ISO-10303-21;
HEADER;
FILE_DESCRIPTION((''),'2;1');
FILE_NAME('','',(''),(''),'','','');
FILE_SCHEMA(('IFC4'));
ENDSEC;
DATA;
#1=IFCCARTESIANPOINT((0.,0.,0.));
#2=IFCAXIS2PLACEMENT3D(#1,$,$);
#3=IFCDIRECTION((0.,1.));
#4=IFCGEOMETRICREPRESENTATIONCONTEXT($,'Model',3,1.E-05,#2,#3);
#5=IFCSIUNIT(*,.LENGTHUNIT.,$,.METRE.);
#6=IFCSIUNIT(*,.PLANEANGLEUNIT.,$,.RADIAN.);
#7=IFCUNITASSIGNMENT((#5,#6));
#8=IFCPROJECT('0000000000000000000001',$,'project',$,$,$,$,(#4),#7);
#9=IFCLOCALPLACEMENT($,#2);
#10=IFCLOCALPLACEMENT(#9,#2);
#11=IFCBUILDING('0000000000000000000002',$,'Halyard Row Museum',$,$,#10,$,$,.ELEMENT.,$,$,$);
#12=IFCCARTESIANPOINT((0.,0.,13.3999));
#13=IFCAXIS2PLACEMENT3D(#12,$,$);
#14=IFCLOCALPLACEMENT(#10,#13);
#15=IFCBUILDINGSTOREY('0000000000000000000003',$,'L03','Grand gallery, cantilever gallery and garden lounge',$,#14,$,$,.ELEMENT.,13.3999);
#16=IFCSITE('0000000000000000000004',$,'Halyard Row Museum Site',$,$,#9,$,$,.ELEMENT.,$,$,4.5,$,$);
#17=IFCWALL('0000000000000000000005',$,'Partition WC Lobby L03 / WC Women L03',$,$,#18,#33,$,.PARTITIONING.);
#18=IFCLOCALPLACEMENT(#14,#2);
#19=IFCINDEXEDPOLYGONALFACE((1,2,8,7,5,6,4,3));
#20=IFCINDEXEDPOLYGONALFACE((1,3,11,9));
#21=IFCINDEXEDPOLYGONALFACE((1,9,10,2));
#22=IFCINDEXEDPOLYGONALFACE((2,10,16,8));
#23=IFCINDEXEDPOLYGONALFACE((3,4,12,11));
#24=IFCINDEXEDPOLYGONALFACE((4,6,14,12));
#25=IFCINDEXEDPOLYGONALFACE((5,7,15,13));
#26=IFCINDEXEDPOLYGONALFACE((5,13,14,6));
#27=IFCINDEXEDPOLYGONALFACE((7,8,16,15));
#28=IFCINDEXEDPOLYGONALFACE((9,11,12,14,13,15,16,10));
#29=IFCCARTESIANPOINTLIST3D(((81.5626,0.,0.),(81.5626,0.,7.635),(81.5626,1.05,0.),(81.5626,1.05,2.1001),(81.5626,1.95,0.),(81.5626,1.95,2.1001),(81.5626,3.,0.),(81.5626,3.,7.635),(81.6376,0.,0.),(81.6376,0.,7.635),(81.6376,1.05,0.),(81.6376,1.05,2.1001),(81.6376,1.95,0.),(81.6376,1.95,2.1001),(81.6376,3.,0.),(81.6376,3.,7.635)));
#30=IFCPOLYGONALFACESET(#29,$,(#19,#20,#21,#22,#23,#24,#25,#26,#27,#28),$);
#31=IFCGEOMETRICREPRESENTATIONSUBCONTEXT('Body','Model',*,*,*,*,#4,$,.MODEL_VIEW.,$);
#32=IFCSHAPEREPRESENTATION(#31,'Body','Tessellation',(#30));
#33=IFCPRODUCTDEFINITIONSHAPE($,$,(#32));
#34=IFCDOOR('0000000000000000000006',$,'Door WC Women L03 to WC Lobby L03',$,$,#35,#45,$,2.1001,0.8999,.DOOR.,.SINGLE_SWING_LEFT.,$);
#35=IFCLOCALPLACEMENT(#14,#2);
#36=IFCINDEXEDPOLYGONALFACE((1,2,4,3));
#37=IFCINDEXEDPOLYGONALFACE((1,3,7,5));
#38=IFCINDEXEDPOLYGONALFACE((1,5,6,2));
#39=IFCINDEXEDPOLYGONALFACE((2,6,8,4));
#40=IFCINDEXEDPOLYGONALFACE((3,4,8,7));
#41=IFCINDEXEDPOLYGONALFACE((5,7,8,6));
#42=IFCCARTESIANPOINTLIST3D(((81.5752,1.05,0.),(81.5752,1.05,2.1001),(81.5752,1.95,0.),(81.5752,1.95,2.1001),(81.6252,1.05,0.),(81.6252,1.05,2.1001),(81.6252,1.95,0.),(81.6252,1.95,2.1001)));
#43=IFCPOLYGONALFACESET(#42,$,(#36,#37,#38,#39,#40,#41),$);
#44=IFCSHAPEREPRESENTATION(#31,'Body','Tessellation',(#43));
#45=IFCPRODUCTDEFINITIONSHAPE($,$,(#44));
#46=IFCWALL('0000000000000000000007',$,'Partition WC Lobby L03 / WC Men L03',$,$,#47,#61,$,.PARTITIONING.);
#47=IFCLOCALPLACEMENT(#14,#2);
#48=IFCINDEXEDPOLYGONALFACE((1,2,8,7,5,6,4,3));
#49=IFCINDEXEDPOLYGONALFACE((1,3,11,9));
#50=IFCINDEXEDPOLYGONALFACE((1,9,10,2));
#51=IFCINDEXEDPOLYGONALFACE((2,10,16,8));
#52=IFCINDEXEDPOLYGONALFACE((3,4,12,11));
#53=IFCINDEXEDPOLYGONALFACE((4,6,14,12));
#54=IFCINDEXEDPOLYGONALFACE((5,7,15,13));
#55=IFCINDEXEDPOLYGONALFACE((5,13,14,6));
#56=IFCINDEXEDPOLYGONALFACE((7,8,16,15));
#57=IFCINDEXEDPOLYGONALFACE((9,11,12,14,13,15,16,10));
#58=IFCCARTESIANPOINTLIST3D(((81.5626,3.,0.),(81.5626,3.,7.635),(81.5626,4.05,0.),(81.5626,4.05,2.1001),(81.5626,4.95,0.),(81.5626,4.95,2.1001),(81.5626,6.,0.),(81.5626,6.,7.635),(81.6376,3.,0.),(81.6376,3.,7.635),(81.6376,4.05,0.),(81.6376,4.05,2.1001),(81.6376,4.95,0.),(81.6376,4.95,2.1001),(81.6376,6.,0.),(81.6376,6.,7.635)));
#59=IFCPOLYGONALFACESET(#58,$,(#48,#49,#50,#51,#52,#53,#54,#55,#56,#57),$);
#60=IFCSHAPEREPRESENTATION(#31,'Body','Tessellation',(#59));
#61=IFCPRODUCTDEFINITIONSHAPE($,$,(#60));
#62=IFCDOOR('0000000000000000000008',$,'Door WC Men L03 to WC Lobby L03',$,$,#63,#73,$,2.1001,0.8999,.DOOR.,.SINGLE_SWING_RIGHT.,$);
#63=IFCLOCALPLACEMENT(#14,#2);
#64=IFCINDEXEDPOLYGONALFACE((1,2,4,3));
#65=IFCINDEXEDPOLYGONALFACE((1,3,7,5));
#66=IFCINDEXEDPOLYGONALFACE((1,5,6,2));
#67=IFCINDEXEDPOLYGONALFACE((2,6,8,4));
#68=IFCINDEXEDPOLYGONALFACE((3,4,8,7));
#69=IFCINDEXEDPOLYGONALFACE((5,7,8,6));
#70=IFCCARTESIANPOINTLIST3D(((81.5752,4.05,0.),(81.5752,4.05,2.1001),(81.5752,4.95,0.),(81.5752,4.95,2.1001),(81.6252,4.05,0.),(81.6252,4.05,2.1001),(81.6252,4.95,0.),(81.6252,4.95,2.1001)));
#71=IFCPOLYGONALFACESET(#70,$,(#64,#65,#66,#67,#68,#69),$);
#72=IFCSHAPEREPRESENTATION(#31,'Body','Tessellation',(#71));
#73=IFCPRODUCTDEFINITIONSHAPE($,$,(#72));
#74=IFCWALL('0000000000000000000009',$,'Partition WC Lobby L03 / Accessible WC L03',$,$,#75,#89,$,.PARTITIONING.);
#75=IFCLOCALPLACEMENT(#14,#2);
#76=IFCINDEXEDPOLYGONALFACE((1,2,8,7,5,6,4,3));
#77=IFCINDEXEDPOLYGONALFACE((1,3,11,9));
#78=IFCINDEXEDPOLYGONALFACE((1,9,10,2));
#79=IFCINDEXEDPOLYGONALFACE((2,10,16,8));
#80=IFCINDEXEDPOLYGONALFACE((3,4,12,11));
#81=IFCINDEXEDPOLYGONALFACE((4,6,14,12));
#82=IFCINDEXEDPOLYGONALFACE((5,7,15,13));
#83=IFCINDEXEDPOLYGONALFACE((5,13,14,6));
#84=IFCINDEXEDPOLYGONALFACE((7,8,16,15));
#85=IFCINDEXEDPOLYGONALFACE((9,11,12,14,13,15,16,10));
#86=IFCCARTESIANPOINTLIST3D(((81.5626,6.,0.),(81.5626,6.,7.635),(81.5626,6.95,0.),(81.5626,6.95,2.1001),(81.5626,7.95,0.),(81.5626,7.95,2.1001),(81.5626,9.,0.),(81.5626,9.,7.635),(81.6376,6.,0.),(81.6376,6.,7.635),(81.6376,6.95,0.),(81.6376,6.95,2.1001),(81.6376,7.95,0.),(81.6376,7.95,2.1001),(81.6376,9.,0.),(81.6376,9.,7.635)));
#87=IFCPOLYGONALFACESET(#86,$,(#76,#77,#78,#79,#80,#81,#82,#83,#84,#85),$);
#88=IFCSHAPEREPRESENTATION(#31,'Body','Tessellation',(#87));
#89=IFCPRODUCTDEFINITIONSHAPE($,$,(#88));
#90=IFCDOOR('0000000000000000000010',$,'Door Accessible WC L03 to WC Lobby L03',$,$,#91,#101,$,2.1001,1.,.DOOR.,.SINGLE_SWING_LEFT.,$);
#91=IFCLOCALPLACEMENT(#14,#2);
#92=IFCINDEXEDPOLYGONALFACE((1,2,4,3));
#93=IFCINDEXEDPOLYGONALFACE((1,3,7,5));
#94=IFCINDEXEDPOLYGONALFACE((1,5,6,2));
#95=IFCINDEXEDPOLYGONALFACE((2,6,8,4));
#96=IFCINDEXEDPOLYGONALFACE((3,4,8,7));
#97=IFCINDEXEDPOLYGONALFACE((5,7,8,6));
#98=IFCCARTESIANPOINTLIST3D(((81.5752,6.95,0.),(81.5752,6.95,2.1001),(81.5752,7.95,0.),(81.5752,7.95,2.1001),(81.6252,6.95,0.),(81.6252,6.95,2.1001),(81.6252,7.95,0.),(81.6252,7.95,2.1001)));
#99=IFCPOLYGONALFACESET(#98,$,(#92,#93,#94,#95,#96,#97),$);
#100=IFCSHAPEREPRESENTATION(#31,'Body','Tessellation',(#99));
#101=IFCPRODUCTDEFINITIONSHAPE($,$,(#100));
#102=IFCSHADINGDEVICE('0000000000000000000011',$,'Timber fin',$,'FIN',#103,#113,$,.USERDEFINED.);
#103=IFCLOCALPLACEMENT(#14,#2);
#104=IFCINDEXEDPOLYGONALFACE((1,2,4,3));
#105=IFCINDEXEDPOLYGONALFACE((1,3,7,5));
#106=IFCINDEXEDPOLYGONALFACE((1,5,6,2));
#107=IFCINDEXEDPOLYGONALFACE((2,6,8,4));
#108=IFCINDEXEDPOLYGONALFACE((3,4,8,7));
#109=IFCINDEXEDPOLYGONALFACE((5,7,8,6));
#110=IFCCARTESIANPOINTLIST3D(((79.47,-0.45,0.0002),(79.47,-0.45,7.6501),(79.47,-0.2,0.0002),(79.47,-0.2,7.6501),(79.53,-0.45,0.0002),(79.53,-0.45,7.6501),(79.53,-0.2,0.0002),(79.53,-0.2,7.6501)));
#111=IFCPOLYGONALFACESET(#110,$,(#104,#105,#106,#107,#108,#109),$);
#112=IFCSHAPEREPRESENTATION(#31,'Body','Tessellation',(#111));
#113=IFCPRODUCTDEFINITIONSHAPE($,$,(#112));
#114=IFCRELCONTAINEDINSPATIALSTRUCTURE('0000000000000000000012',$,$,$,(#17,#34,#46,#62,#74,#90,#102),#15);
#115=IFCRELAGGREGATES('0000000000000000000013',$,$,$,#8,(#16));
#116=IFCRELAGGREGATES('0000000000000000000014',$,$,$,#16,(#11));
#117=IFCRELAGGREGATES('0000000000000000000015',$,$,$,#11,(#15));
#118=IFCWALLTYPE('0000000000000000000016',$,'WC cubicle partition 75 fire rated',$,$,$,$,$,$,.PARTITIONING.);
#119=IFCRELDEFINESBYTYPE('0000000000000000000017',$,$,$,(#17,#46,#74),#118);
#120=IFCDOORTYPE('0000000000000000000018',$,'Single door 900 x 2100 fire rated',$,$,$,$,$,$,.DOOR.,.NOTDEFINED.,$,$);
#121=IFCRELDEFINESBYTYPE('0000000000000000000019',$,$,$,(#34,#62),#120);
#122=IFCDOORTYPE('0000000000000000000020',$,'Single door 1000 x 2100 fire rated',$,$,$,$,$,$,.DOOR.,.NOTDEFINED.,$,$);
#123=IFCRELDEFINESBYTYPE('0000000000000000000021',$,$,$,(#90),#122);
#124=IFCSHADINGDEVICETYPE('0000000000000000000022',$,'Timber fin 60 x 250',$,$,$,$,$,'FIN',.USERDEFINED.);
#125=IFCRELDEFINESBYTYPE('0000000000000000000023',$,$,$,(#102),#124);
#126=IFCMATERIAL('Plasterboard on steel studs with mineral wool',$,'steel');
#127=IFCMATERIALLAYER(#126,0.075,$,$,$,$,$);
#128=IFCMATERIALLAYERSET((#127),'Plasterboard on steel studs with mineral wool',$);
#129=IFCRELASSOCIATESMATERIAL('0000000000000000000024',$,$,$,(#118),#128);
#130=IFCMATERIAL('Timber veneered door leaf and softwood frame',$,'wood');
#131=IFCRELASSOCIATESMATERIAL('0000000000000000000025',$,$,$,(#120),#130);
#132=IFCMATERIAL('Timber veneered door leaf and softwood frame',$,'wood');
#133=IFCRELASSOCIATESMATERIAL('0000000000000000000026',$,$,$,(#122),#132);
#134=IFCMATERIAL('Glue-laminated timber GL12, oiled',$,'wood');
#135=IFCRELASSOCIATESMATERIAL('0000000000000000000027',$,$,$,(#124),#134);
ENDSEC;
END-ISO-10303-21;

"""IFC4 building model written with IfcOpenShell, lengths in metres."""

from ifc_helpers import new_model, si_unit, direction, frame, frame_2d, origin, origin_2d, place, context, subcontext, project, spatial, rectangle, extrude, material, layer, layer_set, type_object, element, fill, save


model = new_model("IFC4")

# Units and contexts
model_context = context("Model", 3, precision=1e-05, world=origin(), true_north=direction((0.0, 1.0)))
body_context = subcontext(model_context, "Body", "Model", "MODEL_VIEW")
ifc_project = project(units=[si_unit("LENGTHUNIT", "METRE"), si_unit("PLANEANGLEUNIT", "RADIAN")], contexts=[model_context])

# Site, building, storey
site_placement = place(None, origin())
site = spatial("IfcSite", under=ifc_project, at=site_placement, Name="Halyard Row Museum Site", CompositionType="ELEMENT", RefElevation=4.5)
building_placement = place(site_placement, origin())
building = spatial("IfcBuilding", under=site, at=building_placement, Name="Halyard Row Museum", CompositionType="ELEMENT")
storey_placement = place(building_placement, frame((0.0, 0.0, 13.3999)))
storey = spatial("IfcBuildingStorey", under=building, at=storey_placement, Name="L03", Description="Grand gallery, cantilever gallery and garden lounge", CompositionType="ELEMENT", Elevation=13.3999)

# Walls, openings, doors
ifc_material_1 = material(Name="Plasterboard on steel studs with mineral wool", Category="steel")
ifc_layer_1 = layer(ifc_material_1, 0.075)
ifc_layer_set_1 = layer_set([ifc_layer_1], Name="Plasterboard on steel studs with mineral wool")
wall_type = type_object("IfcWallType", Name="WC cubicle partition 75 fire rated", PredefinedType="PARTITIONING", material=ifc_layer_set_1)
wall_1_placement = place(storey_placement, frame((81.6001, 0.0, 0.0), z_axis=(0.0, 0.0, 1.0), x_axis=(0.0, 1.0, 0.0)))
wall_1 = element("IfcWall", 1, at=wall_1_placement, inside=storey, type_object=wall_type, Name="Partition WC Lobby L03 / WC Women L03", PredefinedType="PARTITIONING", context=body_context, shape_type="SweptSolid", body=[
    extrude(rectangle(XDim=3.0, YDim=0.075, at=frame_2d((1.5, 0.0))), origin(), (0.0, 0.0, 1.0), 7.635),
])
opening_1_placement = place(wall_1_placement, frame((1.05, 0.0, 0.0)))
opening_1 = element("IfcOpeningElement", 2, at=opening_1_placement, cuts=wall_1, PredefinedType="OPENING", context=body_context, shape_type="SweptSolid", body=[
    extrude(rectangle(XDim=0.8999, YDim=2.1001, at=frame_2d((0.45, 1.05))), frame((0.0, 0.0474, 0.0), z_axis=(0.0, -1.0, 0.0), x_axis=(1.0, 0.0, 0.0)), (0.0, 0.0, 1.0), 0.095),
])
ifc_material_2 = material(Name="Timber veneered door leaf and softwood frame", Category="wood")
door_type_1 = type_object("IfcDoorType", Name="Single door 900 x 2100 fire rated", OperationType="NOTDEFINED", PredefinedType="DOOR", material=ifc_material_2)
door_1_placement = place(opening_1_placement, origin())
door_1 = element("IfcDoor", 3, at=door_1_placement, inside=storey, type_object=door_type_1, Name="Door WC Women L03 to WC Lobby L03", OperationType="SINGLE_SWING_LEFT", OverallHeight=2.1001, OverallWidth=0.8999, PredefinedType="DOOR", context=body_context, shape_type="SweptSolid", body=[
    extrude(rectangle(XDim=0.8999, YDim=2.1001, at=frame_2d((0.45, 1.05))), frame((0.0, 0.0249, 0.0), z_axis=(0.0, -1.0, 0.0), x_axis=(1.0, 0.0, 0.0)), (0.0, 0.0, 1.0), 0.05),
])
fill(opening_1, door_1)
wall_2_placement = place(storey_placement, frame((81.6001, 3.0, 0.0), z_axis=(0.0, 0.0, 1.0), x_axis=(0.0, 1.0, 0.0)))
wall_2 = element("IfcWall", 4, at=wall_2_placement, inside=storey, type_object=wall_type, Name="Partition WC Lobby L03 / WC Men L03", PredefinedType="PARTITIONING", context=body_context, shape_type="SweptSolid", body=[
    extrude(rectangle(XDim=3.0, YDim=0.075, at=frame_2d((1.5, 0.0))), origin(), (0.0, 0.0, 1.0), 7.635),
])
opening_2_placement = place(wall_2_placement, frame((1.05, 0.0, 0.0)))
opening_2 = element("IfcOpeningElement", 5, at=opening_2_placement, cuts=wall_2, PredefinedType="OPENING", context=body_context, shape_type="SweptSolid", body=[
    extrude(rectangle(XDim=0.8999, YDim=2.1001, at=frame_2d((0.45, 1.05))), frame((0.0, 0.0474, 0.0), z_axis=(0.0, -1.0, 0.0), x_axis=(1.0, 0.0, 0.0)), (0.0, 0.0, 1.0), 0.095),
])
door_2_placement = place(opening_2_placement, origin())
door_2 = element("IfcDoor", 6, at=door_2_placement, inside=storey, type_object=door_type_1, Name="Door WC Men L03 to WC Lobby L03", OperationType="SINGLE_SWING_RIGHT", OverallHeight=2.1001, OverallWidth=0.8999, PredefinedType="DOOR", context=body_context, shape_type="SweptSolid", body=[
    extrude(rectangle(XDim=0.8999, YDim=2.1001, at=frame_2d((0.45, 1.05))), frame((0.0, 0.0249, 0.0), z_axis=(0.0, -1.0, 0.0), x_axis=(1.0, 0.0, 0.0)), (0.0, 0.0, 1.0), 0.05),
])
fill(opening_2, door_2)
wall_3_placement = place(storey_placement, frame((81.6001, 6.0, 0.0), z_axis=(0.0, 0.0, 1.0), x_axis=(0.0, 1.0, 0.0)))
wall_3 = element("IfcWall", 7, at=wall_3_placement, inside=storey, type_object=wall_type, Name="Partition WC Lobby L03 / Accessible WC L03", PredefinedType="PARTITIONING", context=body_context, shape_type="SweptSolid", body=[
    extrude(rectangle(XDim=3.0, YDim=0.075, at=frame_2d((1.5, 0.0))), origin(), (0.0, 0.0, 1.0), 7.635),
])
opening_3_placement = place(wall_3_placement, frame((0.95, 0.0, 0.0)))
opening_3 = element("IfcOpeningElement", 8, at=opening_3_placement, cuts=wall_3, PredefinedType="OPENING", context=body_context, shape_type="SweptSolid", body=[
    extrude(rectangle(XDim=1.0, YDim=2.1001, at=frame_2d((0.5, 1.05))), frame((0.0, 0.0474, 0.0), z_axis=(0.0, -1.0, 0.0), x_axis=(1.0, 0.0, 0.0)), (0.0, 0.0, 1.0), 0.095),
])
ifc_material_3 = material(Name="Timber veneered door leaf and softwood frame", Category="wood")
door_type_2 = type_object("IfcDoorType", Name="Single door 1000 x 2100 fire rated", OperationType="NOTDEFINED", PredefinedType="DOOR", material=ifc_material_3)
door_3_placement = place(opening_3_placement, origin())
door_3 = element("IfcDoor", 9, at=door_3_placement, inside=storey, type_object=door_type_2, Name="Door Accessible WC L03 to WC Lobby L03", OperationType="SINGLE_SWING_LEFT", OverallHeight=2.1001, OverallWidth=1.0, PredefinedType="DOOR", context=body_context, shape_type="SweptSolid", body=[
    extrude(rectangle(XDim=1.0, YDim=2.1001, at=frame_2d((0.5, 1.05))), frame((0.0, 0.0249, 0.0), z_axis=(0.0, -1.0, 0.0), x_axis=(1.0, 0.0, 0.0)), (0.0, 0.0, 1.0), 0.05),
])
fill(opening_3, door_3)

# Shading device
ifc_material_4 = material(Name="Glue-laminated timber GL12, oiled", Category="wood")
shading_device_type = type_object("IfcShadingDeviceType", Name="Timber fin 60 x 250", ElementType="FIN", PredefinedType="USERDEFINED", material=ifc_material_4)
shading_device_placement = place(storey_placement, frame((79.5, -0.325, 0.0002), z_axis=(0.0, 0.0, 1.0), x_axis=(1.0, 0.0, 0.0)))
element("IfcShadingDevice", 10, at=shading_device_placement, inside=storey, type_object=shading_device_type, Name="Timber fin", ObjectType="FIN", PredefinedType="USERDEFINED", context=body_context, shape_type="SweptSolid", body=[
    extrude(rectangle(XDim=0.0601, YDim=0.25, at=origin_2d()), origin(), (0.0, 0.0, 1.0), 7.6499),
])

save(model, "model.ifc")
